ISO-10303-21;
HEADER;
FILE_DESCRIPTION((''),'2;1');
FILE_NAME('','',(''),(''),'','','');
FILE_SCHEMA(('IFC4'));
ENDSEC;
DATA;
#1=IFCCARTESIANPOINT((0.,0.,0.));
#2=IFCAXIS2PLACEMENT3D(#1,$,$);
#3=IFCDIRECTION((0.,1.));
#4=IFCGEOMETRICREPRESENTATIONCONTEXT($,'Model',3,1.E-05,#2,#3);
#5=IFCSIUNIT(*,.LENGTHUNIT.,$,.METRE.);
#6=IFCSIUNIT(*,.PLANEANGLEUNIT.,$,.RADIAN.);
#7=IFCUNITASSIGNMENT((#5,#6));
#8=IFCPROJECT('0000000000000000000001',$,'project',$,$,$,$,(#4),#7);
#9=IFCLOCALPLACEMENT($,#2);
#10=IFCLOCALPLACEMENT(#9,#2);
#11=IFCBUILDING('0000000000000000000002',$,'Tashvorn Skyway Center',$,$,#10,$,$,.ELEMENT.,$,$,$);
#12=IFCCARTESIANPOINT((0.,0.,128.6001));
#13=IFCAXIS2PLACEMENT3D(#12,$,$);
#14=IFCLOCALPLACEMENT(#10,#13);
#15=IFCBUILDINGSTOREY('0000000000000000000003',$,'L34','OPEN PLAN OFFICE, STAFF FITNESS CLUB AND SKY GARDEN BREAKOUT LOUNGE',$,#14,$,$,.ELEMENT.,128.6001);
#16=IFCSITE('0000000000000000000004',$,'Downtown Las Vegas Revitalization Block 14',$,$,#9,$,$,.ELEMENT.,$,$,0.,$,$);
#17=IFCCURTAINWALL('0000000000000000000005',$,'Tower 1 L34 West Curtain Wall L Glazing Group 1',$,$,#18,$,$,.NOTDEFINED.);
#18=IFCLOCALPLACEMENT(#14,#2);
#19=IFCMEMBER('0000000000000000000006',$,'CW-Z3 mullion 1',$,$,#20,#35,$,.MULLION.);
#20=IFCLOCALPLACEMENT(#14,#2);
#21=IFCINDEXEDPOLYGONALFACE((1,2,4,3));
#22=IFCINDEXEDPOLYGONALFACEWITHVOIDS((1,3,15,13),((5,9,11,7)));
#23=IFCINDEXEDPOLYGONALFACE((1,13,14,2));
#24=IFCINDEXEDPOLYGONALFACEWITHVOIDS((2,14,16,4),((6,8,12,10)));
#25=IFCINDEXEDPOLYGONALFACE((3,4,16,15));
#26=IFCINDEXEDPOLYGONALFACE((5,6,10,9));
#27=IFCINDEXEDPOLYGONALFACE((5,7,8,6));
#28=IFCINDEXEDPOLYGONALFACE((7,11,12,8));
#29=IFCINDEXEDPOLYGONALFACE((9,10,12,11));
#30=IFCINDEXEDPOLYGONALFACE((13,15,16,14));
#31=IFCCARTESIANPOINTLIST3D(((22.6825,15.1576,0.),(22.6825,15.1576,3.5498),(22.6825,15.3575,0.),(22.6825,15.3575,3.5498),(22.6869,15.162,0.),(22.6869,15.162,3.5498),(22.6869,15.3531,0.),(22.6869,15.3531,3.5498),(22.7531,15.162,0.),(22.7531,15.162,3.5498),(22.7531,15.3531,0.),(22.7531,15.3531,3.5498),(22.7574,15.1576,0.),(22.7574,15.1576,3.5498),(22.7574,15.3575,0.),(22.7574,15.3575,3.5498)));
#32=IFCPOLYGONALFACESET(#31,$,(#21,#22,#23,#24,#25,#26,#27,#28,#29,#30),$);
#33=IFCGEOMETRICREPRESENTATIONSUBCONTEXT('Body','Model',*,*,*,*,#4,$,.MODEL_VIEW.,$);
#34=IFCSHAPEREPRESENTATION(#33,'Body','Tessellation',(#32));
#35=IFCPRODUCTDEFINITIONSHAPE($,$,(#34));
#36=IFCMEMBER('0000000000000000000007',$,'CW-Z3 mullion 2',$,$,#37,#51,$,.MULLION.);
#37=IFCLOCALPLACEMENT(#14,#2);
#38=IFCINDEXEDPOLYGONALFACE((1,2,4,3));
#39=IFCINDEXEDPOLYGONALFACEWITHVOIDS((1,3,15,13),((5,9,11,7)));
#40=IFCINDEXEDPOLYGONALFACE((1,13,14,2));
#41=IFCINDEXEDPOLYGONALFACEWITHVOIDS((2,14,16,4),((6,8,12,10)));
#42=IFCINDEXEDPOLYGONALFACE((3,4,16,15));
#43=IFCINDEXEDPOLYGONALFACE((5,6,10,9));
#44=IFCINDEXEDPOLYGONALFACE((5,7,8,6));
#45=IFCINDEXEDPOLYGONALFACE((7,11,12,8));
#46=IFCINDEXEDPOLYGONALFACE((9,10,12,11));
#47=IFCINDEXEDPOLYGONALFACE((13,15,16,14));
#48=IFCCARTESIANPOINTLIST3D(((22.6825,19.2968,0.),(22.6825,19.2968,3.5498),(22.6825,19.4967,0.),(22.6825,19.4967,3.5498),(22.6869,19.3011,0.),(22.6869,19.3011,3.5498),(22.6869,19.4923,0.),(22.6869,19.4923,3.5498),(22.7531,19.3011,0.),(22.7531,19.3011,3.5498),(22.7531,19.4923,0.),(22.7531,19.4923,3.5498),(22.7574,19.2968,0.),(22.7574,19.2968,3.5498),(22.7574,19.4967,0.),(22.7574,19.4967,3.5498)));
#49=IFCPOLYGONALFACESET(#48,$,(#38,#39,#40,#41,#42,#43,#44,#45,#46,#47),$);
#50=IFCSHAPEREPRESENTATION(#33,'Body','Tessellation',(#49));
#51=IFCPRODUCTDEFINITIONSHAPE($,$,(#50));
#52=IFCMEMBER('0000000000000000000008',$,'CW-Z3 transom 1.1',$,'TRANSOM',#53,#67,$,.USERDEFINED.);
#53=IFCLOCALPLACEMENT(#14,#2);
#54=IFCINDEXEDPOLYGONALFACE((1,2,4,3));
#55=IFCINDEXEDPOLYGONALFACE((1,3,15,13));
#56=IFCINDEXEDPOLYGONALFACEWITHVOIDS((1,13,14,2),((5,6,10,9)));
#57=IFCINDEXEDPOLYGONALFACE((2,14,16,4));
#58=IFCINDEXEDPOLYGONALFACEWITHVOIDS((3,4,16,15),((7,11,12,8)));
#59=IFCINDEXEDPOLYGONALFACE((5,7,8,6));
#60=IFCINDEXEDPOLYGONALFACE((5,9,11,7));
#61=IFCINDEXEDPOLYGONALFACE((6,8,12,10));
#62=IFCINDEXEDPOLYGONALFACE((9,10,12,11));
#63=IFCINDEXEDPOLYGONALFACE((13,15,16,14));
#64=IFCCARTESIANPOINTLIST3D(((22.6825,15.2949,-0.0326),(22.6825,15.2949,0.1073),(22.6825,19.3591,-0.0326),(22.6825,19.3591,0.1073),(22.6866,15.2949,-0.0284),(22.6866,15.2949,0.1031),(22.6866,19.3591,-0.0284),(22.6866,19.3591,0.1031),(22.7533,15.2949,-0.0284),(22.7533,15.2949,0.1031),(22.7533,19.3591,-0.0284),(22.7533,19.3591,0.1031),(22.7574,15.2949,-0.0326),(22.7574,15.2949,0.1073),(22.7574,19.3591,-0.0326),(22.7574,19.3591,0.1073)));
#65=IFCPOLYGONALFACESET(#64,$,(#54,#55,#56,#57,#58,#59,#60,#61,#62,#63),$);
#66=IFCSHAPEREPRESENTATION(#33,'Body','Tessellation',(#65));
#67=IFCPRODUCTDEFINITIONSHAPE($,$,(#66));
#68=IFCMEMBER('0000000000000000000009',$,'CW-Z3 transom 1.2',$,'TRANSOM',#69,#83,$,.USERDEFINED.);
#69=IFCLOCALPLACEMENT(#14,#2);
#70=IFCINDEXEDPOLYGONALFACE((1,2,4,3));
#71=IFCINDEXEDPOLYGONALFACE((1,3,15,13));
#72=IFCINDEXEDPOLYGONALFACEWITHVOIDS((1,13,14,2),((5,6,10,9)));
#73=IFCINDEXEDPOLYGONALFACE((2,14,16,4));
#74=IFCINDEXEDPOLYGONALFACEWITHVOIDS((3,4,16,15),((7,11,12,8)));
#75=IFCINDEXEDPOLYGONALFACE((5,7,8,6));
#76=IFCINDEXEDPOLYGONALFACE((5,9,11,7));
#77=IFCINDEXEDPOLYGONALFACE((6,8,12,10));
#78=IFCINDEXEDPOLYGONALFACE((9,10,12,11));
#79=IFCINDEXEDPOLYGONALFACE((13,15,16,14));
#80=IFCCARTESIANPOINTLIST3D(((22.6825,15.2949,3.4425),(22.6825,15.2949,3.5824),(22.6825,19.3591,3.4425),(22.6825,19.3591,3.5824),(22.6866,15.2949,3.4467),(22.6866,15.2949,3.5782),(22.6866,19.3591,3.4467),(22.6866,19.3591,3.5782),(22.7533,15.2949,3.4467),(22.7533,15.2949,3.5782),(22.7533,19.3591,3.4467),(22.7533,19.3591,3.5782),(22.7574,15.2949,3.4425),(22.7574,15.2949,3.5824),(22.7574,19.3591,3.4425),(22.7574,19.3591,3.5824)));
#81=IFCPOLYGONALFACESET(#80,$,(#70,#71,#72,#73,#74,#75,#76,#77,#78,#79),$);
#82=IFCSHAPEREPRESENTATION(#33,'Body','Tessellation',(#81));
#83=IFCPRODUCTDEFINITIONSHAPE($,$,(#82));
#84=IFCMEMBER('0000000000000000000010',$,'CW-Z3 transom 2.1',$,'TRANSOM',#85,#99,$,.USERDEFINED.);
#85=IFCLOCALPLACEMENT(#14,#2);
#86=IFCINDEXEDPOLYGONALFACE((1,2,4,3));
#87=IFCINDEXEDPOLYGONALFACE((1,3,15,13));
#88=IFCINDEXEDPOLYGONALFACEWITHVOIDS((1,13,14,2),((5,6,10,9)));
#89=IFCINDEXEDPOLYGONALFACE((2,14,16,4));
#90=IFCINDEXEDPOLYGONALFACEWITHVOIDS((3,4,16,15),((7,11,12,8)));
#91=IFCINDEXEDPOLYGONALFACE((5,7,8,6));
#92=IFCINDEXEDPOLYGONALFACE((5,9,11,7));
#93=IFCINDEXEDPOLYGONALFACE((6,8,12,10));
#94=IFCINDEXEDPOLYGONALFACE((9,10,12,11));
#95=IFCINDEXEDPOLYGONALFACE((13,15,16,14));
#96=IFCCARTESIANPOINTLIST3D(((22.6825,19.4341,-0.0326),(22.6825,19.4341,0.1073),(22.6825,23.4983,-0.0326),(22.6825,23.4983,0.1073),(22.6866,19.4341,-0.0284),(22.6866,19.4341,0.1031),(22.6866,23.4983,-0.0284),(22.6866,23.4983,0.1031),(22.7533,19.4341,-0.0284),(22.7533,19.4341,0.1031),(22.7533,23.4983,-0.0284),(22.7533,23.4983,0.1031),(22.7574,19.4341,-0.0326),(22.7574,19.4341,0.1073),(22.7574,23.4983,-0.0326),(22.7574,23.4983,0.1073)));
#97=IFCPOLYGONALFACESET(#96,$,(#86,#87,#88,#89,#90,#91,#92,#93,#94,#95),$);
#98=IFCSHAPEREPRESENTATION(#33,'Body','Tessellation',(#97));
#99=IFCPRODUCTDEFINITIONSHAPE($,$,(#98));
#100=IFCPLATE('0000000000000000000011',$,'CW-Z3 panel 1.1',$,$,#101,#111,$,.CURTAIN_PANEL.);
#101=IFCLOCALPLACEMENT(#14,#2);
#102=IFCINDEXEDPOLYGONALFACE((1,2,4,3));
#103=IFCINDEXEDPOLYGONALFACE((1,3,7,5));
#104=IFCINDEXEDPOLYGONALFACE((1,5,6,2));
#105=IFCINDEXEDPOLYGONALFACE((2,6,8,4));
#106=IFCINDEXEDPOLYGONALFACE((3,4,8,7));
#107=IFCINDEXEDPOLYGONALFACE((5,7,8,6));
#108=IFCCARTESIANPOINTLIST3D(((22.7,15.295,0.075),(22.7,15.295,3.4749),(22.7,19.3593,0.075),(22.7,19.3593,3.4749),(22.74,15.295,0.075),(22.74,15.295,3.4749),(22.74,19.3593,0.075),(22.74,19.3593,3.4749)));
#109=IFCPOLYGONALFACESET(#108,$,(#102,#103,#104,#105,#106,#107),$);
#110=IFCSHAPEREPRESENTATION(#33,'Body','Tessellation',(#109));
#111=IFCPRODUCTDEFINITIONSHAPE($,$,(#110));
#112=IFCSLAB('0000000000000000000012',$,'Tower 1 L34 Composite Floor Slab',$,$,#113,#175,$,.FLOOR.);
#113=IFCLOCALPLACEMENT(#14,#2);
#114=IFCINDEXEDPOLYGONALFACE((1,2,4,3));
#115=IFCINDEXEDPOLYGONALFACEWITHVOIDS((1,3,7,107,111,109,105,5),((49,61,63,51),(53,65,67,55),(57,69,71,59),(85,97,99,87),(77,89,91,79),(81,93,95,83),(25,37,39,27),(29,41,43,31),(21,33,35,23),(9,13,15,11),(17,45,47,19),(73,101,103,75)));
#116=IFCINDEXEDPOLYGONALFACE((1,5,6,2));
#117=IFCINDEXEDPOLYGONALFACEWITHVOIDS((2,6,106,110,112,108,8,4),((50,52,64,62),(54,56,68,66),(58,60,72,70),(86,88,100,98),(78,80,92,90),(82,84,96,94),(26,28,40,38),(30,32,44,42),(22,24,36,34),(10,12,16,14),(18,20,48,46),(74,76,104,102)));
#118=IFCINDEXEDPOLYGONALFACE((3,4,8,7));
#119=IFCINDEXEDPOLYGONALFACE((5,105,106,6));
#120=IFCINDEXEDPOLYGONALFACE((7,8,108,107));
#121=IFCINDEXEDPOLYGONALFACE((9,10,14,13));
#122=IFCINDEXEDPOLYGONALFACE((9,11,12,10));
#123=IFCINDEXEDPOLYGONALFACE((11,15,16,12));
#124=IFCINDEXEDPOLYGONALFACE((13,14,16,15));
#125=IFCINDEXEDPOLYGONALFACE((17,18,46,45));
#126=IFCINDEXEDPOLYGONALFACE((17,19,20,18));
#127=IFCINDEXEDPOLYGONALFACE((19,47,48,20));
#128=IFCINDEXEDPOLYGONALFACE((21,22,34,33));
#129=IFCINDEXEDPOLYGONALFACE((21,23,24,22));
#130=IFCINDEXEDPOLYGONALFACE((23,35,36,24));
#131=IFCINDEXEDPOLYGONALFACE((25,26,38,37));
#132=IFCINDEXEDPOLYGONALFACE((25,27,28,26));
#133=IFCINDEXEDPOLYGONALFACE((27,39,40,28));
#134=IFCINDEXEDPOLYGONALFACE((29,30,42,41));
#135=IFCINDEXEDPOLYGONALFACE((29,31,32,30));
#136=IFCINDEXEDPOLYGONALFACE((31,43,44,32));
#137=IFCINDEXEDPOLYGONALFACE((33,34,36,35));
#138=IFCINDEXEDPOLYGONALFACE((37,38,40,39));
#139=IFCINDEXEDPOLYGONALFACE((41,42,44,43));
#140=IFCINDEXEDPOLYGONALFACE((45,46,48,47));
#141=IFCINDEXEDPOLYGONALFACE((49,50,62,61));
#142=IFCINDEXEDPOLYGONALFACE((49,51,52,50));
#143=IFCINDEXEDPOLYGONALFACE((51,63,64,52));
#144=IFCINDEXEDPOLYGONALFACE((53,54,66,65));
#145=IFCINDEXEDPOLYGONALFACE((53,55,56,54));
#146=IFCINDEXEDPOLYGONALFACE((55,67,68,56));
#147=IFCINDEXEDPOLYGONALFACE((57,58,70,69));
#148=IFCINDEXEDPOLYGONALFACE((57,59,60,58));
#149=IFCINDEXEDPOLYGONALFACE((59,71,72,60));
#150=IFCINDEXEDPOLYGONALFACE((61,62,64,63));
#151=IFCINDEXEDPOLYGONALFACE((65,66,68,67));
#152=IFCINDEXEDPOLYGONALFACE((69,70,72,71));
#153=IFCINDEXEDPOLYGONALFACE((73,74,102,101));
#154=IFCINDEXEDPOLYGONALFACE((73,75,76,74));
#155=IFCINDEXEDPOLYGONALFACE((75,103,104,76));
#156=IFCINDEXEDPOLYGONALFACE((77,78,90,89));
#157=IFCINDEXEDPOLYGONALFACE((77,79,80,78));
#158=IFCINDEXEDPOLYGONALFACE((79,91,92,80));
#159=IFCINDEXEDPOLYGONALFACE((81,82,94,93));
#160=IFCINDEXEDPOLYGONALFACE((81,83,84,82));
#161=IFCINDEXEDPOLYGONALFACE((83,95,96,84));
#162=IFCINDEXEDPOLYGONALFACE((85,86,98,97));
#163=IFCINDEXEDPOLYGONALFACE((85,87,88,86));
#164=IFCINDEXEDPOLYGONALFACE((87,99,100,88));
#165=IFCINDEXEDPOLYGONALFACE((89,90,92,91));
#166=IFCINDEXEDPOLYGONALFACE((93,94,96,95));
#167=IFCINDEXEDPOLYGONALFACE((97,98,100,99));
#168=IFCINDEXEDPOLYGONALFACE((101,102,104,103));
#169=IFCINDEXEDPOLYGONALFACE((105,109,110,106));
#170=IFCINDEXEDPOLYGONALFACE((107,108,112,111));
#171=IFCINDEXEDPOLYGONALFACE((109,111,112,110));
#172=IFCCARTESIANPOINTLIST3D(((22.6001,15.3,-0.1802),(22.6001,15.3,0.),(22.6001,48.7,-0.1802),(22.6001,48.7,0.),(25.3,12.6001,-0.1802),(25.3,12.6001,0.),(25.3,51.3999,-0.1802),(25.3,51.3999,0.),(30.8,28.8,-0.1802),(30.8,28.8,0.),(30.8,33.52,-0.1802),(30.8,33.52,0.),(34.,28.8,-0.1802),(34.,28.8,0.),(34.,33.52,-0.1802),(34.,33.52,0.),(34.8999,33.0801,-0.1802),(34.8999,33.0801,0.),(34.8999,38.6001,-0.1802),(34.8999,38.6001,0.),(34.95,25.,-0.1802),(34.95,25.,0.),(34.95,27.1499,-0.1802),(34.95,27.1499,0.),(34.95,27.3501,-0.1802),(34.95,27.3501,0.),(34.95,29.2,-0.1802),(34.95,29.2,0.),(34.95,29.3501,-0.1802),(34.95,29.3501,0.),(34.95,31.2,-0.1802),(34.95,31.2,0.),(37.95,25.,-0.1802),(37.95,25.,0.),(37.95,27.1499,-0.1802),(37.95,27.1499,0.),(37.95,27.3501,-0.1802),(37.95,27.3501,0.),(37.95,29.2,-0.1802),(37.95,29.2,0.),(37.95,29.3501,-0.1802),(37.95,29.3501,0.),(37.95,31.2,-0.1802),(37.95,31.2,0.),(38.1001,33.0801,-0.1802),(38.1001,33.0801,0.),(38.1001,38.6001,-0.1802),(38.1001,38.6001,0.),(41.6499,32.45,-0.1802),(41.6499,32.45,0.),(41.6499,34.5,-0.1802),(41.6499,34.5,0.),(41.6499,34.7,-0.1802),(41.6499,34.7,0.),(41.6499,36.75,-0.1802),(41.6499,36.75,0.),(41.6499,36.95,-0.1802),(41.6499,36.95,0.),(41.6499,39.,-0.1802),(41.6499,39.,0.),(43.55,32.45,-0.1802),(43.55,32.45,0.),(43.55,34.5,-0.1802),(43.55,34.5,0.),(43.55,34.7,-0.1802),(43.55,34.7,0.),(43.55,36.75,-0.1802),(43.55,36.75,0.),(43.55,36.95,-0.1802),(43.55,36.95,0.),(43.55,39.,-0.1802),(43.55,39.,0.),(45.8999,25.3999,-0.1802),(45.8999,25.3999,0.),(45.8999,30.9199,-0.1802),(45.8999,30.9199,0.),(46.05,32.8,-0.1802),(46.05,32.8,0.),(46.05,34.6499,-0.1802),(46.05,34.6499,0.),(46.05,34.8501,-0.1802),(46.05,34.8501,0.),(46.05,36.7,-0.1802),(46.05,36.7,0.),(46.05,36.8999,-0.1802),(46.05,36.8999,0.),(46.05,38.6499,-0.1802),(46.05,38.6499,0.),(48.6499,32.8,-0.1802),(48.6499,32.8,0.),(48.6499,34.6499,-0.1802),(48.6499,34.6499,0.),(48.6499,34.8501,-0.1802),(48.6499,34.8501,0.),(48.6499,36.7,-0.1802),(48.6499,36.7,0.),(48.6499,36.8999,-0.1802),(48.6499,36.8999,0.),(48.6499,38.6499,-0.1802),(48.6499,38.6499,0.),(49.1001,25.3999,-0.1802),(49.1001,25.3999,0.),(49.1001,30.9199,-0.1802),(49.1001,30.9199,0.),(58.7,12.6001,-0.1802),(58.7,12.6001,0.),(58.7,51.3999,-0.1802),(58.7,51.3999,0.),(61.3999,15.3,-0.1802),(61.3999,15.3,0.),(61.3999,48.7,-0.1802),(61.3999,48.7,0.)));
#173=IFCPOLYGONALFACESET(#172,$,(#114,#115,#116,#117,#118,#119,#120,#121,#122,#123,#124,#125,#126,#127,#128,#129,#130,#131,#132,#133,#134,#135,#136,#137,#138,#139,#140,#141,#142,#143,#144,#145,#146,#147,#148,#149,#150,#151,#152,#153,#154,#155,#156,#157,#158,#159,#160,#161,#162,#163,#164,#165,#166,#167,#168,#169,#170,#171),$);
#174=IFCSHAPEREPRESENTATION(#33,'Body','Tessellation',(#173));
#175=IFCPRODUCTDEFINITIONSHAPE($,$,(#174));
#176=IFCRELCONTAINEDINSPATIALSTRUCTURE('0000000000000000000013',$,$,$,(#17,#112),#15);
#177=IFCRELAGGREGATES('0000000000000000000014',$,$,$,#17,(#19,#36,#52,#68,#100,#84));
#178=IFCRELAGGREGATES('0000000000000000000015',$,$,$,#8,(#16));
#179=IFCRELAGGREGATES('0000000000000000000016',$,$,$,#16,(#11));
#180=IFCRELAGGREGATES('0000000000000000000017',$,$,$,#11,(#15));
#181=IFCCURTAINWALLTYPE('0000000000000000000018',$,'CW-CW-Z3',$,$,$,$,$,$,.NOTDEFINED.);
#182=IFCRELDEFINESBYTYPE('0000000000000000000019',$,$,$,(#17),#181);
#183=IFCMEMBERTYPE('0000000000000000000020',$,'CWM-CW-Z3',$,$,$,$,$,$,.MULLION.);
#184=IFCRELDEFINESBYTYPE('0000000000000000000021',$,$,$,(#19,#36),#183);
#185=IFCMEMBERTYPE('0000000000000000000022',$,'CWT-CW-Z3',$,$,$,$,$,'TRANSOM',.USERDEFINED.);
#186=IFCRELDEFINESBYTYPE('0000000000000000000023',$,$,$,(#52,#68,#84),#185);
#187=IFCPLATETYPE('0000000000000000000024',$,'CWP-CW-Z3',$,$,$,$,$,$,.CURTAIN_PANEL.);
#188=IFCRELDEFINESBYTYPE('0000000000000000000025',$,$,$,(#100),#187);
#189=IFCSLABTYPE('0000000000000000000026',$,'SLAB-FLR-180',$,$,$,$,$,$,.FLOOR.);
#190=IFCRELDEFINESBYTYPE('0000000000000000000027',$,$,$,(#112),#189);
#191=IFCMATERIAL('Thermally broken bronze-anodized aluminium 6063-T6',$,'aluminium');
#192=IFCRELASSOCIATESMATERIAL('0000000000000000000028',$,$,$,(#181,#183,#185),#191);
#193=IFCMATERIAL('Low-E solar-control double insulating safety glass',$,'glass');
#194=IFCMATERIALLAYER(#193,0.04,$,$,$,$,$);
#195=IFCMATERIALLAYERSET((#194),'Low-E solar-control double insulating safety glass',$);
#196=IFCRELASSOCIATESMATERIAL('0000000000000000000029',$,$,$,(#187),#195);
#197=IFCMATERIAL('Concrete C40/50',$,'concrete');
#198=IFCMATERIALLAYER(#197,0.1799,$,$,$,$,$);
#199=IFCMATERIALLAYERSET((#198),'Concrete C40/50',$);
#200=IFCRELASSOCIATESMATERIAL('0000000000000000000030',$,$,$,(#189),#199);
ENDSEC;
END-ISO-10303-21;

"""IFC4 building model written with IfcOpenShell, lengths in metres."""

from ifc_helpers import new_model, si_unit, direction, frame, origin, origin_2d, place, context, subcontext, project, spatial, polyline, rectangle, hollow_rectangle, outline, extrude, material, layer, layer_set, material_profile, profile_set, type_object, element, aggregate, save


model = new_model("IFC4")

# Units and contexts
model_context = context("Model", 3, precision=1e-05, world=origin(), true_north=direction((0.0, 1.0)))
body_context = subcontext(model_context, "Body", "Model", "MODEL_VIEW")
ifc_project = project(units=[si_unit("LENGTHUNIT", "METRE"), si_unit("PLANEANGLEUNIT", "RADIAN")], contexts=[model_context])

# Site, building, storey
site_placement = place(None, origin())
site = spatial("IfcSite", under=ifc_project, at=site_placement, Name="Downtown Las Vegas Revitalization Block 14", CompositionType="ELEMENT", RefElevation=0.0)
building_placement = place(site_placement, origin())
building = spatial("IfcBuilding", under=site, at=building_placement, Name="Tashvorn Skyway Center", CompositionType="ELEMENT")
storey_placement = place(building_placement, frame((0.0, 0.0, 128.6001)))
storey = spatial("IfcBuildingStorey", under=building, at=storey_placement, Name="L34", Description="OPEN PLAN OFFICE, STAFF FITNESS CLUB AND SKY GARDEN BREAKOUT LOUNGE", CompositionType="ELEMENT", Elevation=128.6001)

# Curtain wall, members, plate
ifc_material_1 = material(Name="Thermally broken bronze-anodized aluminium 6063-T6", Category="aluminium")
curtain_wall_type = type_object("IfcCurtainWallType", Name="CW-CW-Z3", PredefinedType="NOTDEFINED", material=ifc_material_1)
curtain_wall_placement = place(storey_placement, origin())
curtain_wall = element("IfcCurtainWall", 1, at=curtain_wall_placement, inside=storey, type_object=curtain_wall_type, Name="Tower 1 L34 West Curtain Wall L Glazing Group 1", PredefinedType="NOTDEFINED")
ifc_material_profile_1 = material_profile(ifc_material_1, hollow_rectangle(XDim=0.075, YDim=0.2, WallThickness=0.0044, at=origin_2d()), Name="ALU-MULL-75x200")
ifc_profile_set_1 = profile_set([ifc_material_profile_1], Name="Thermally broken bronze-anodized aluminium 6063-T6")
member_type_1 = type_object("IfcMemberType", Name="CWM-CW-Z3", PredefinedType="MULLION", material=ifc_profile_set_1)
member_1_placement = place(storey_placement, frame((22.72, 15.2576, 0.0), z_axis=(0.0, 0.0, 1.0), x_axis=(-1.0, 0.0, 0.0)))
member_1 = element("IfcMember", 2, at=member_1_placement, type_object=member_type_1, Name="CW-Z3 mullion 1", PredefinedType="MULLION", context=body_context, shape_type="SweptSolid", body=[
    extrude(hollow_rectangle(XDim=0.075, YDim=0.2, WallThickness=0.0044, at=origin_2d()), origin(), (0.0, 0.0, 1.0), 3.5498),
])
member_2_placement = place(storey_placement, frame((22.72, 19.3967, 0.0), z_axis=(0.0, 0.0, 1.0), x_axis=(-1.0, 0.0, 0.0)))
member_2 = element("IfcMember", 3, at=member_2_placement, type_object=member_type_1, Name="CW-Z3 mullion 2", PredefinedType="MULLION", context=body_context, shape_type="SweptSolid", body=[
    extrude(hollow_rectangle(XDim=0.075, YDim=0.2, WallThickness=0.0044, at=origin_2d()), origin(), (0.0, 0.0, 1.0), 3.5498),
])
ifc_material_profile_2 = material_profile(ifc_material_1, hollow_rectangle(XDim=0.075, YDim=0.1399, WallThickness=0.0042, at=origin_2d()), Name="ALU-TRAN-75x140")
ifc_profile_set_2 = profile_set([ifc_material_profile_2], Name="Thermally broken bronze-anodized aluminium 6063-T6")
member_type_2 = type_object("IfcMemberType", Name="CWT-CW-Z3", ElementType="TRANSOM", PredefinedType="USERDEFINED", material=ifc_profile_set_2)
member_3_placement = place(storey_placement, frame((22.72, 15.2949, 0.0374), z_axis=(0.0, 1.0, 0.0), x_axis=(-1.0, 0.0, 0.0)))
member_3 = element("IfcMember", 4, at=member_3_placement, type_object=member_type_2, Name="CW-Z3 transom 1.1", ObjectType="TRANSOM", PredefinedType="USERDEFINED", context=body_context, shape_type="SweptSolid", body=[
    extrude(hollow_rectangle(XDim=0.075, YDim=0.1399, WallThickness=0.0042, at=origin_2d()), origin(), (0.0, 0.0, 1.0), 4.0642),
])
member_4_placement = place(storey_placement, frame((22.72, 15.2949, 3.5125), z_axis=(0.0, 1.0, 0.0), x_axis=(-1.0, 0.0, 0.0)))
member_4 = element("IfcMember", 5, at=member_4_placement, type_object=member_type_2, Name="CW-Z3 transom 1.2", ObjectType="TRANSOM", PredefinedType="USERDEFINED", context=body_context, shape_type="SweptSolid", body=[
    extrude(hollow_rectangle(XDim=0.075, YDim=0.1399, WallThickness=0.0042, at=origin_2d()), origin(), (0.0, 0.0, 1.0), 4.0642),
])
member_5_placement = place(storey_placement, frame((22.72, 19.4341, 0.0374), z_axis=(0.0, 1.0, 0.0), x_axis=(-1.0, 0.0, 0.0)))
member_5 = element("IfcMember", 6, at=member_5_placement, type_object=member_type_2, Name="CW-Z3 transom 2.1", ObjectType="TRANSOM", PredefinedType="USERDEFINED", context=body_context, shape_type="SweptSolid", body=[
    extrude(hollow_rectangle(XDim=0.075, YDim=0.1399, WallThickness=0.0042, at=origin_2d()), origin(), (0.0, 0.0, 1.0), 4.0642),
])
ifc_material_2 = material(Name="Low-E solar-control double insulating safety glass", Category="glass")
ifc_layer_1 = layer(ifc_material_2, 0.04)
ifc_layer_set_1 = layer_set([ifc_layer_1], Name="Low-E solar-control double insulating safety glass")
plate_type = type_object("IfcPlateType", Name="CWP-CW-Z3", PredefinedType="CURTAIN_PANEL", material=ifc_layer_set_1)
plate_placement = place(storey_placement, frame((22.72, 17.3271, 0.075), z_axis=(0.0, 0.0, 1.0), x_axis=(0.0, 1.0, 0.0)))
plate = element("IfcPlate", 7, at=plate_placement, type_object=plate_type, Name="CW-Z3 panel 1.1", PredefinedType="CURTAIN_PANEL", context=body_context, shape_type="SweptSolid", body=[
    extrude(rectangle(XDim=4.0642, YDim=0.04, at=origin_2d()), origin(), (0.0, 0.0, 1.0), 3.3999),
])
aggregate(curtain_wall, [member_1, member_2, member_3, member_4, plate, member_5])

# Slab
ifc_material_3 = material(Name="Concrete C40/50", Category="concrete")
ifc_layer_2 = layer(ifc_material_3, 0.1799)
ifc_layer_set_2 = layer_set([ifc_layer_2], Name="Concrete C40/50")
slab_type_1 = type_object("IfcSlabType", Name="SLAB-FLR-180", PredefinedType="FLOOR", material=ifc_layer_set_2)
slab_1_placement = place(storey_placement, frame((0.0, 0.0, -0.1802)))
element("IfcSlab", 8, at=slab_1_placement, inside=storey, type_object=slab_type_1, Name="Tower 1 L34 Composite Floor Slab", PredefinedType="FLOOR", context=body_context, shape_type="SweptSolid", body=[
    extrude(outline(polyline([(25.3, 12.6001), (58.7, 12.6001), (61.3999, 15.3), (61.3999, 48.7), (58.7, 51.3999), (25.3, 51.3999), (22.6001, 48.7), (22.6001, 15.3), (25.3, 12.6001)]), holes=[polyline([(38.1001, 33.0801), (38.1001, 38.6001), (34.8999, 38.6001), (34.8999, 33.0801), (38.1001, 33.0801)]), polyline([(45.8999, 30.9199), (45.8999, 25.3999), (49.1001, 25.3999), (49.1001, 30.9199), (45.8999, 30.9199)]), polyline([(30.8, 33.52), (30.8, 28.8), (34.0, 28.8), (34.0, 33.52), (30.8, 33.52)]), polyline([(34.95, 29.3501), (37.95, 29.3501), (37.95, 31.2), (34.95, 31.2), (34.95, 29.3501)]), polyline([(34.95, 27.3501), (37.95, 27.3501), (37.95, 29.2), (34.95, 29.2), (34.95, 27.3501)]), polyline([(34.95, 25.0), (37.95, 25.0), (37.95, 27.1499), (34.95, 27.1499), (34.95, 25.0)]), polyline([(41.6499, 32.45), (43.55, 32.45), (43.55, 34.5), (41.6499, 34.5), (41.6499, 32.45)]), polyline([(41.6499, 34.7), (43.55, 34.7), (43.55, 36.75), (41.6499, 36.75), (41.6499, 34.7)]), polyline([(41.6499, 36.95), (43.55, 36.95), (43.55, 39.0), (41.6499, 39.0), (41.6499, 36.95)]), polyline([(46.05, 32.8), (48.6499, 32.8), (48.6499, 34.6499), (46.05, 34.6499), (46.05, 32.8)]), polyline([(46.05, 34.8501), (48.6499, 34.8501), (48.6499, 36.7), (46.05, 36.7), (46.05, 34.8501)]), polyline([(46.05, 36.8999), (48.6499, 36.8999), (48.6499, 38.6499), (46.05, 38.6499), (46.05, 36.8999)])]), origin(), (0.0, 0.0, 1.0), 0.1802),
])

save(model, "model.ifc")
